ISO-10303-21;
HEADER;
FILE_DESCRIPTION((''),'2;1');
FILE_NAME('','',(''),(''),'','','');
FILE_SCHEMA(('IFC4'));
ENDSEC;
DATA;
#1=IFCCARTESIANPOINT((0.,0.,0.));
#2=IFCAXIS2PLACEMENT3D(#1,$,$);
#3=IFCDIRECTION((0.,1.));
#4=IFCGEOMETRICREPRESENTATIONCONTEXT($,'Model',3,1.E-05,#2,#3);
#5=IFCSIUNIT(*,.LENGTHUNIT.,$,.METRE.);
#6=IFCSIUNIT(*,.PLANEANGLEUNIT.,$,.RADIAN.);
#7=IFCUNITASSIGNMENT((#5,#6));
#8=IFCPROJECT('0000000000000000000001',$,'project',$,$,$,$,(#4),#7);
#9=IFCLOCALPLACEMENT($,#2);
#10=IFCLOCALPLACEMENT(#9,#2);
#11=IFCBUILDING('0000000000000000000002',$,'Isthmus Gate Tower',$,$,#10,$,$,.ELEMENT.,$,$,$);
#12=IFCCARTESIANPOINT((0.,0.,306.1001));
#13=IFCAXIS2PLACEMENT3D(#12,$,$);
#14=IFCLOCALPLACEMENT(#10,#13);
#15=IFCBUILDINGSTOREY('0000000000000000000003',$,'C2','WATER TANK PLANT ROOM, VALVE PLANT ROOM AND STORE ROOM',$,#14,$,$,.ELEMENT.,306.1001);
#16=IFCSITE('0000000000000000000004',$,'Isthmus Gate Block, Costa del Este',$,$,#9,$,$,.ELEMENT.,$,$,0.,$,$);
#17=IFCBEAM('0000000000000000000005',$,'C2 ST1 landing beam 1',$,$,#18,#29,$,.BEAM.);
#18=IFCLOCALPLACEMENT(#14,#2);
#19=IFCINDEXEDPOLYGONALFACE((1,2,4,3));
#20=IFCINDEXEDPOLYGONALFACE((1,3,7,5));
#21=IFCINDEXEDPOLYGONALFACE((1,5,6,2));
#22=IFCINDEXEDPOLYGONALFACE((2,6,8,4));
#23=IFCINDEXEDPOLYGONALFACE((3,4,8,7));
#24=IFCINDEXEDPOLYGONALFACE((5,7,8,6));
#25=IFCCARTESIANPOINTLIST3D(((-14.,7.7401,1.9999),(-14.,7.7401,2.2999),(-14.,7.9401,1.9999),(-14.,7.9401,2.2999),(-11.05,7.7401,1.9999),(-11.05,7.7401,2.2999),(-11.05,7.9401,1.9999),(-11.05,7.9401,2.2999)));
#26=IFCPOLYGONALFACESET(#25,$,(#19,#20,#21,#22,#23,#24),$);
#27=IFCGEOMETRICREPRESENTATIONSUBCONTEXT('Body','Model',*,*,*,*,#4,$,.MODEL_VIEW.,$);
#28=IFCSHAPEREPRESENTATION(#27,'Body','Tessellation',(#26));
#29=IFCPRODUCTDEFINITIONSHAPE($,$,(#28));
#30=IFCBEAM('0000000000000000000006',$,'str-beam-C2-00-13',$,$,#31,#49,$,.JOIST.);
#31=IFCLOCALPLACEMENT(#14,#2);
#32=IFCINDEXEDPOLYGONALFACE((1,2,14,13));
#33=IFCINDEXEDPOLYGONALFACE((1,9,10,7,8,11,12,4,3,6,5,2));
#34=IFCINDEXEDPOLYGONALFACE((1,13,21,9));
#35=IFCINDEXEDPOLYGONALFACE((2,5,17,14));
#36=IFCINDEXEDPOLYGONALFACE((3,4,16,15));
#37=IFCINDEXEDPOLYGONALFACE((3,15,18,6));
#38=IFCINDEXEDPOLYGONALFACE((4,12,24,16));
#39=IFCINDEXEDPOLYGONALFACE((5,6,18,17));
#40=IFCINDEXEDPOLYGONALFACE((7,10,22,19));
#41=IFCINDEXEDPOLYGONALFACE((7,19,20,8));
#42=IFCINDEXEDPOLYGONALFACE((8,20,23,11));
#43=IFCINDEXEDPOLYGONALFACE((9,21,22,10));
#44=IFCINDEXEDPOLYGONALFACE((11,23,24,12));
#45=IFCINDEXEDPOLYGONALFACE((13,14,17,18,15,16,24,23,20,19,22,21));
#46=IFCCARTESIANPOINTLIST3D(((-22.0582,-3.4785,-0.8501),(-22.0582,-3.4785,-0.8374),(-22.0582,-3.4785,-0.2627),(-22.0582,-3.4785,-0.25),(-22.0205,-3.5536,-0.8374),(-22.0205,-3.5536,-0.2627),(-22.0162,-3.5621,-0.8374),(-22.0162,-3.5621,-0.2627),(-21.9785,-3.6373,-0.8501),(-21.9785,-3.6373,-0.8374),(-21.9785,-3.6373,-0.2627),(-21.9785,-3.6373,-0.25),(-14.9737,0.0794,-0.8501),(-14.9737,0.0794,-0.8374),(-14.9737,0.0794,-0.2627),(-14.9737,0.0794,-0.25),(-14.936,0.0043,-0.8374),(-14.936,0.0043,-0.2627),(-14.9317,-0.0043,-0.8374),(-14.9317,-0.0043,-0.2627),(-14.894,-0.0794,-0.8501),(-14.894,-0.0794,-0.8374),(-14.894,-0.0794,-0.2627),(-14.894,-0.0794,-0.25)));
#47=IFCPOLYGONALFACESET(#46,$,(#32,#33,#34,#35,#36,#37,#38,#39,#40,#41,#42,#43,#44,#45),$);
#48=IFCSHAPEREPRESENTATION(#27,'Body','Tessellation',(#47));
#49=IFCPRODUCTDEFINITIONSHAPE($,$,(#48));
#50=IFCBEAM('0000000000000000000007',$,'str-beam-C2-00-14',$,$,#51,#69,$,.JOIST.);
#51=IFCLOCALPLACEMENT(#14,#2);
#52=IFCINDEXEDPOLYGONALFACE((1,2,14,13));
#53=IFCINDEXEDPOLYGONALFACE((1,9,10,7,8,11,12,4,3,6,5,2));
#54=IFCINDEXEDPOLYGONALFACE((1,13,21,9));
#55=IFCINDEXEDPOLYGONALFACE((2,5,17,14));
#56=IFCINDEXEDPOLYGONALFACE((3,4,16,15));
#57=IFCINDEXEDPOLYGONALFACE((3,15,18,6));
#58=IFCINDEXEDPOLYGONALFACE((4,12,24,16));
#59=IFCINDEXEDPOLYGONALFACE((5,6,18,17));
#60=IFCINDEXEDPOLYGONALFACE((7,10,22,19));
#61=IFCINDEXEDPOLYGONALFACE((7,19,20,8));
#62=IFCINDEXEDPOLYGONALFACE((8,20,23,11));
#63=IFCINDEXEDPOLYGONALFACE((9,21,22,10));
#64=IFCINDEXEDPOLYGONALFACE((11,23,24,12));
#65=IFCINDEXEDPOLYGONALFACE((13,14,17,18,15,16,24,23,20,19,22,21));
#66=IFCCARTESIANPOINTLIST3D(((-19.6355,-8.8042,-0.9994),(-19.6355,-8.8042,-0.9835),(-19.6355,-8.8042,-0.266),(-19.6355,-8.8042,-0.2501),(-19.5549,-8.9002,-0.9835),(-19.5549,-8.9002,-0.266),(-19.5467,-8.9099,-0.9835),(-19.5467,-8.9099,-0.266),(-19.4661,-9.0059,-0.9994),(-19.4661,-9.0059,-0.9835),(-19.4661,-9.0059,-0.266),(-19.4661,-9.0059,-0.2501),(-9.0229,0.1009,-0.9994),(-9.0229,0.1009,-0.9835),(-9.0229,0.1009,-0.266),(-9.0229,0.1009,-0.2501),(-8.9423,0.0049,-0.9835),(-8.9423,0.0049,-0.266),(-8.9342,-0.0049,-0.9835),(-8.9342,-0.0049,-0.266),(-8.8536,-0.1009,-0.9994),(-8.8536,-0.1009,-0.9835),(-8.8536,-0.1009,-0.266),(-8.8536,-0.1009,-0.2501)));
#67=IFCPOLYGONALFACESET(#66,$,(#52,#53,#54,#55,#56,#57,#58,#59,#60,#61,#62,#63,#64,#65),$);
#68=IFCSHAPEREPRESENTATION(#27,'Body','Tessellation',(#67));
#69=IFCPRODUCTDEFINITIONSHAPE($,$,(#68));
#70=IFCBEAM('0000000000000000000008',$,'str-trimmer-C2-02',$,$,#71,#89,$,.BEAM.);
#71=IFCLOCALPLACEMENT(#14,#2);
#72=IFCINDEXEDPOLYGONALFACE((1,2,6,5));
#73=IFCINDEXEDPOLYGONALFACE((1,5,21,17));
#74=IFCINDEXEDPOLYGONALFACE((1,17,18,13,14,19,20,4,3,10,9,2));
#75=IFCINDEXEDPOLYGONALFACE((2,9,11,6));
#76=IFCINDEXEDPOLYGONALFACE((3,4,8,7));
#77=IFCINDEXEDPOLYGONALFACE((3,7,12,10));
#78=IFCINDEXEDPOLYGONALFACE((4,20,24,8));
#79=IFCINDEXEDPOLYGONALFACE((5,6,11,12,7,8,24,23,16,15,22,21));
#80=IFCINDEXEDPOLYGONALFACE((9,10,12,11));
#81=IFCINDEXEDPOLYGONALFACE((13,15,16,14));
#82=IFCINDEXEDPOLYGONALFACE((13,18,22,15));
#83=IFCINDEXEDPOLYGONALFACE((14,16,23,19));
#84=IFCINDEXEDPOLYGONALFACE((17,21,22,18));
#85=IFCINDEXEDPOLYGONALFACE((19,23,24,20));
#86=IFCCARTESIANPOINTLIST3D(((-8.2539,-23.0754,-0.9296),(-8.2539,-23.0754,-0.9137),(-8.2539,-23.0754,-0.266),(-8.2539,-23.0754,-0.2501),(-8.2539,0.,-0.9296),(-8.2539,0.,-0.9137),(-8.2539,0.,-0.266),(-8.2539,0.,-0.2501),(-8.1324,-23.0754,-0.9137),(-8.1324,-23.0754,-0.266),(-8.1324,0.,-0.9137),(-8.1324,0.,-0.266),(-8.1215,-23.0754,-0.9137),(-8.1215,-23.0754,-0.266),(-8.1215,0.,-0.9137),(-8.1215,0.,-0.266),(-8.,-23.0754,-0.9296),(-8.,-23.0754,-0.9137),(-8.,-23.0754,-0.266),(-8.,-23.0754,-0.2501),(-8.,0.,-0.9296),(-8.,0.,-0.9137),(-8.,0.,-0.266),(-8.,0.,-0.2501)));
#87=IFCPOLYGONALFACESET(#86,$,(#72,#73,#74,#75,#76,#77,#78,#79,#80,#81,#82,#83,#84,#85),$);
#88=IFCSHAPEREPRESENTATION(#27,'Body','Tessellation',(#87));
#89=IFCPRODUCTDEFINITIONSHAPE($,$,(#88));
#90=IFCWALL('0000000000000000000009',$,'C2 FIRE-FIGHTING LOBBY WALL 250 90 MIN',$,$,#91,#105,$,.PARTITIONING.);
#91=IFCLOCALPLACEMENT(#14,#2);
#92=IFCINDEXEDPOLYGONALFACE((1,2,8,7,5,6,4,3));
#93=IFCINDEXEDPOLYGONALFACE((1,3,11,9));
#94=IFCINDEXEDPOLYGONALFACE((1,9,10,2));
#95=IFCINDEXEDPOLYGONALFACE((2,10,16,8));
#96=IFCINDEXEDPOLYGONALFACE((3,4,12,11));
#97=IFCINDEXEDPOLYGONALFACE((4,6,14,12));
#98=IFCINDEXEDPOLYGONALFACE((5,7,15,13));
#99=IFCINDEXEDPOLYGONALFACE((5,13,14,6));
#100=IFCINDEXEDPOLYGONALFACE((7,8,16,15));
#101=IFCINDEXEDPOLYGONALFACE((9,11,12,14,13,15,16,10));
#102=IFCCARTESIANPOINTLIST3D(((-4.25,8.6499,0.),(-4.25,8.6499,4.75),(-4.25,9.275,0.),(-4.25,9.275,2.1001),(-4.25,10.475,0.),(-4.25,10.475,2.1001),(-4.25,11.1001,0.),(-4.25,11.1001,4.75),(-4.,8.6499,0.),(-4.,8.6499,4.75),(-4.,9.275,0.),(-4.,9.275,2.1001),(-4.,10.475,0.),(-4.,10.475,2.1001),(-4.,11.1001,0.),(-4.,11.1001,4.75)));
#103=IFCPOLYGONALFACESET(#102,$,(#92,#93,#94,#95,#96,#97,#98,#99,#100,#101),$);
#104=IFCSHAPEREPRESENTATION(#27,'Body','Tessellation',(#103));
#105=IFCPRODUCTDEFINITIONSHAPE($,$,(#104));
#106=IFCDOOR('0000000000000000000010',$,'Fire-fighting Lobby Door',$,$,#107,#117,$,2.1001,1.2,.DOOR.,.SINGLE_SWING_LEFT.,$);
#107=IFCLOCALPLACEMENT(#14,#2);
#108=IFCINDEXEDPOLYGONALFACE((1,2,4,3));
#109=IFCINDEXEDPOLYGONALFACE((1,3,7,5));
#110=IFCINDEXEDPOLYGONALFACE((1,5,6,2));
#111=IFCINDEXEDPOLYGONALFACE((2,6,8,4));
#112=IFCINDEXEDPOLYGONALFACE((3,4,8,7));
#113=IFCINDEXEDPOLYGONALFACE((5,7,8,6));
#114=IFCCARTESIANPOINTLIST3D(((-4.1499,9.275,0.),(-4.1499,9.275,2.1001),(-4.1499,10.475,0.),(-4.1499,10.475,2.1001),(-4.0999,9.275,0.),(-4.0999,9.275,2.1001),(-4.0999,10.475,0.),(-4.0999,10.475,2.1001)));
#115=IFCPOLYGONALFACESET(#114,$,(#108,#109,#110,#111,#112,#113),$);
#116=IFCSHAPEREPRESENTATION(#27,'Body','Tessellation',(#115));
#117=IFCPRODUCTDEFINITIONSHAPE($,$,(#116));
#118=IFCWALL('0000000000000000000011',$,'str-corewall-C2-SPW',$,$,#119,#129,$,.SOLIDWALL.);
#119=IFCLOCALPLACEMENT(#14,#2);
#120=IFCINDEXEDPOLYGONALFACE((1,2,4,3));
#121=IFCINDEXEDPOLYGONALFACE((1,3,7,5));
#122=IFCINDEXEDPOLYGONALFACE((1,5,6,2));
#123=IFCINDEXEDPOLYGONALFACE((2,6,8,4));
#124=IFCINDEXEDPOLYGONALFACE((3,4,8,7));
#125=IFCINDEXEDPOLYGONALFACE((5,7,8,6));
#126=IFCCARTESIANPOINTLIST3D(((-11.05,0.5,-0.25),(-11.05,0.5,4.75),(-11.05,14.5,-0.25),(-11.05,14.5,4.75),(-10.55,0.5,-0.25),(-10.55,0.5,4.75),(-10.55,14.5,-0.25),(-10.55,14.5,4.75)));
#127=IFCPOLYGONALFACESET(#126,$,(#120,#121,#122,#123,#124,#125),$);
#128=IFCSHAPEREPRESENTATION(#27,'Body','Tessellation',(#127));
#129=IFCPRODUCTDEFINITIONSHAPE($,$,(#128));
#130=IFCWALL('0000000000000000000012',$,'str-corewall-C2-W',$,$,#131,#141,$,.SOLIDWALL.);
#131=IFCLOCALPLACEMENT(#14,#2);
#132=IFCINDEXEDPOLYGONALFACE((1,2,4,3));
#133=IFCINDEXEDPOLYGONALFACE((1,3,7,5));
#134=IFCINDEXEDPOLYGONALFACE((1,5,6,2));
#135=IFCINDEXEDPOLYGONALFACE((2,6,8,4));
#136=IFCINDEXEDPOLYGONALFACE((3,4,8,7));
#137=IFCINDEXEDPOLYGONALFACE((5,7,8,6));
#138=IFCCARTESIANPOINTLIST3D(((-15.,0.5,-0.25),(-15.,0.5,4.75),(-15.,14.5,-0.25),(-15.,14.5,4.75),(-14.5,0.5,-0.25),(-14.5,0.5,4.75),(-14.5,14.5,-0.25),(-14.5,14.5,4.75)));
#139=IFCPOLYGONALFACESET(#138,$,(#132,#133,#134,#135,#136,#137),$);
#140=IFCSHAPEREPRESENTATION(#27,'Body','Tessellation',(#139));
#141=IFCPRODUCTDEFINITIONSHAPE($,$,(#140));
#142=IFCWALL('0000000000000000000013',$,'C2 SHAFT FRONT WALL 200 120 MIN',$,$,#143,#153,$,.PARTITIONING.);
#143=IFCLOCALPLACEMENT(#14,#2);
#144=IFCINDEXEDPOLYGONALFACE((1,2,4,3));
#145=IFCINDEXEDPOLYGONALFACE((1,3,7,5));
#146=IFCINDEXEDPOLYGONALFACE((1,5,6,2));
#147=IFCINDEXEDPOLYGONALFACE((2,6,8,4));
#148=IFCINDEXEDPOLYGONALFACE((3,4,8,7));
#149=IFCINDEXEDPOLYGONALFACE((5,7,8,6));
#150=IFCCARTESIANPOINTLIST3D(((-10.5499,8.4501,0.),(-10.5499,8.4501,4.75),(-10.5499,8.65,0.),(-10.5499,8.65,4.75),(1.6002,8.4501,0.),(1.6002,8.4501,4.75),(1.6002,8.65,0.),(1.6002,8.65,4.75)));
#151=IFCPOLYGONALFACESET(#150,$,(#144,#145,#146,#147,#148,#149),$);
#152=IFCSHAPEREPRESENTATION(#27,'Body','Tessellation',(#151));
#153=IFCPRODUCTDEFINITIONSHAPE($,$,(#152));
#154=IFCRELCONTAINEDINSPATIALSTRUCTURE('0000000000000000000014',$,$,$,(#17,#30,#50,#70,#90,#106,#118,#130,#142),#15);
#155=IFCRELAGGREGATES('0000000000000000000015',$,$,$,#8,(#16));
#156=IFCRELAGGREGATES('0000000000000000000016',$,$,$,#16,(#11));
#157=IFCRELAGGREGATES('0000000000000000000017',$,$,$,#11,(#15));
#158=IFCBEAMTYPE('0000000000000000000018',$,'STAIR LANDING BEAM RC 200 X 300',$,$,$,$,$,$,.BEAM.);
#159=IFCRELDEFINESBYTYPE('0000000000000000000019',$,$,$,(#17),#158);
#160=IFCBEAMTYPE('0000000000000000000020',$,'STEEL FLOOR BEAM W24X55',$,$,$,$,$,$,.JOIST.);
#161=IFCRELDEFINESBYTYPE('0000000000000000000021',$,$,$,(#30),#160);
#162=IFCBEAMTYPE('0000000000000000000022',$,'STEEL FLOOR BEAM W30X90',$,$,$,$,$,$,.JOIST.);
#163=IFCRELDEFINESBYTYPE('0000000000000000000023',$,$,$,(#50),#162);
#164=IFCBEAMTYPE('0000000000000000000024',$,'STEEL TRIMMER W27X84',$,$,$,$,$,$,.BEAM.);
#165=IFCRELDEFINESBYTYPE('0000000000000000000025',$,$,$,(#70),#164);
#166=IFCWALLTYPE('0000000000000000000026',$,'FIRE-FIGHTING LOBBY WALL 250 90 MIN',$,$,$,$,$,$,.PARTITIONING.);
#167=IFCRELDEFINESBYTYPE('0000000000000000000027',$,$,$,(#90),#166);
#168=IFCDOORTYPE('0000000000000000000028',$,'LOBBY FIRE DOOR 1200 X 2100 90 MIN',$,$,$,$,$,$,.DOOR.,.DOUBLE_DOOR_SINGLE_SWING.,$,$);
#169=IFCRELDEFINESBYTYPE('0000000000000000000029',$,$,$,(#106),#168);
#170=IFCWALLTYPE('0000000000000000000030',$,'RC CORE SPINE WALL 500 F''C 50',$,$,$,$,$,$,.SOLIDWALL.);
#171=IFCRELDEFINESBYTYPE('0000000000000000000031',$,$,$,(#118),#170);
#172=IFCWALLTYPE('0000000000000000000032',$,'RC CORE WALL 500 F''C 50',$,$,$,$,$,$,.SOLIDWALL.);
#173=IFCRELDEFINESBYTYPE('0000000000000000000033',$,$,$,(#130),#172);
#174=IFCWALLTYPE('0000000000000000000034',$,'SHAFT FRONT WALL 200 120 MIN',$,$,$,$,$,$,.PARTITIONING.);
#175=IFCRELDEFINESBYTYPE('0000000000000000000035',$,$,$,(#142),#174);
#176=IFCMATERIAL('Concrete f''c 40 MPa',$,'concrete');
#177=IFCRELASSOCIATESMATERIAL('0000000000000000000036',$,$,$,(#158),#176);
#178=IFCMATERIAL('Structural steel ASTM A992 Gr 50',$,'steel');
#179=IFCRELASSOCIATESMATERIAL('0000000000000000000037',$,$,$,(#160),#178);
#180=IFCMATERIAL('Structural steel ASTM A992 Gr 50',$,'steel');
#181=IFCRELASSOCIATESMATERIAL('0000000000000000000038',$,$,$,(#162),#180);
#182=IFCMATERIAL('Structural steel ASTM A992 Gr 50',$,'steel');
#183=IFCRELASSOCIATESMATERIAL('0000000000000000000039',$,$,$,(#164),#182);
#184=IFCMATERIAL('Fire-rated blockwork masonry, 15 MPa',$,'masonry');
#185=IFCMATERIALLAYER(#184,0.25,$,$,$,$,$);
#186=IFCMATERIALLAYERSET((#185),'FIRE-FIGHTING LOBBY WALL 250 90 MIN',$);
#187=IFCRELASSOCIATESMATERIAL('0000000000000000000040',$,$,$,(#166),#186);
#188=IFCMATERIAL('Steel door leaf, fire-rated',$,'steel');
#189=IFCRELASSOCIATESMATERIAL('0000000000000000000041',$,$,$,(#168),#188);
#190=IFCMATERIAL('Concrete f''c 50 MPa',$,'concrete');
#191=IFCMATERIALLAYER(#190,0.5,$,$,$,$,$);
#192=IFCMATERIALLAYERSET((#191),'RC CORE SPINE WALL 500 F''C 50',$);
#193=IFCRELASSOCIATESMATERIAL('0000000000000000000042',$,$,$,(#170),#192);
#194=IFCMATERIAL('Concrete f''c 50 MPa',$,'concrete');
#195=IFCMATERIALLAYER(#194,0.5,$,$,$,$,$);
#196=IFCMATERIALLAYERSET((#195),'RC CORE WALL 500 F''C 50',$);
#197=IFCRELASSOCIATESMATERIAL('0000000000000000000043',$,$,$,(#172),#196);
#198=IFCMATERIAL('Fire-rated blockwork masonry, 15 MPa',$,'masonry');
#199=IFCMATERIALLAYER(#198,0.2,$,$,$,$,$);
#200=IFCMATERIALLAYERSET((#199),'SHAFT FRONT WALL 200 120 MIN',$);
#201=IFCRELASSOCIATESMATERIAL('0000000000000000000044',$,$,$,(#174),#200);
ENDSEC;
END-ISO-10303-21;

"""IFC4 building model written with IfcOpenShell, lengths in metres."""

from ifc_helpers import new_model, si_unit, direction, frame, frame_2d, origin, origin_2d, place, context, subcontext, project, spatial, rectangle, i_section, extrude, material, layer, layer_set, material_profile, profile_set, type_object, element, fill, save


model = new_model("IFC4")

# Units and contexts
model_context = context("Model", 3, precision=1e-05, world=origin(), true_north=direction((0.0, 1.0)))
body_context = subcontext(model_context, "Body", "Model", "MODEL_VIEW")
ifc_project = project(units=[si_unit("LENGTHUNIT", "METRE"), si_unit("PLANEANGLEUNIT", "RADIAN")], contexts=[model_context])

# Site, building, storey
site_placement = place(None, origin())
site = spatial("IfcSite", under=ifc_project, at=site_placement, Name="Isthmus Gate Block, Costa del Este", CompositionType="ELEMENT", RefElevation=0.0)
building_placement = place(site_placement, origin())
building = spatial("IfcBuilding", under=site, at=building_placement, Name="Isthmus Gate Tower", CompositionType="ELEMENT")
storey_placement = place(building_placement, frame((0.0, 0.0, 306.1001)))
storey = spatial("IfcBuildingStorey", under=building, at=storey_placement, Name="C2", Description="WATER TANK PLANT ROOM, VALVE PLANT ROOM AND STORE ROOM", CompositionType="ELEMENT", Elevation=306.1001)

# Beams
ifc_material_1 = material(Name="Concrete f'c 40 MPa", Category="concrete")
ifc_material_profile_1 = material_profile(ifc_material_1, rectangle(XDim=0.2, YDim=0.3, at=origin_2d()), Name="STAIR LANDING BEAM RC 200 X 300")
ifc_profile_set_1 = profile_set([ifc_material_profile_1], Name="Concrete f'c 40 MPa")
beam_type_1 = type_object("IfcBeamType", Name="STAIR LANDING BEAM RC 200 X 300", PredefinedType="BEAM", material=ifc_profile_set_1)
beam_1_placement = place(storey_placement, frame((-14.0, 7.8401, 2.1499), z_axis=(1.0, 0.0, 0.0), x_axis=(0.0, 1.0, 0.0)))
element("IfcBeam", 1, at=beam_1_placement, inside=storey, type_object=beam_type_1, Name="C2 ST1 landing beam 1", PredefinedType="BEAM", context=body_context, shape_type="SweptSolid", body=[
    extrude(rectangle(XDim=0.2, YDim=0.3, at=origin_2d()), origin(), (0.0, 0.0, 1.0), 2.95),
])
ifc_material_2 = material(Name="Structural steel ASTM A992 Gr 50", Category="steel")
ifc_material_profile_2 = material_profile(ifc_material_2, i_section(OverallWidth=0.1777, OverallDepth=0.6001, WebThickness=0.0095, FlangeThickness=0.0127, at=origin_2d()), Name="W24X55")
ifc_profile_set_2 = profile_set([ifc_material_profile_2], Name="Structural steel ASTM A992 Gr 50")
beam_type_2 = type_object("IfcBeamType", Name="STEEL FLOOR BEAM W24X55", PredefinedType="JOIST", material=ifc_profile_set_2)
beam_2_placement = place(storey_placement, frame((-14.9338, 0.0, -0.55), z_axis=(-0.893637, -0.44879, 0.0), x_axis=(0.44879, -0.893637, 0.0)))
element("IfcBeam", 2, at=beam_2_placement, inside=storey, type_object=beam_type_2, Name="str-beam-C2-00-13", PredefinedType="JOIST", context=body_context, shape_type="SweptSolid", body=[
    extrude(i_section(OverallWidth=0.1777, OverallDepth=0.6001, WebThickness=0.0095, FlangeThickness=0.0127, at=origin_2d()), origin(), (0.0, 0.0, 1.0), 7.9277),
])
ifc_material_3 = material(Name="Structural steel ASTM A992 Gr 50", Category="steel")
ifc_material_profile_3 = material_profile(ifc_material_3, i_section(OverallWidth=0.2634, OverallDepth=0.7493, WebThickness=0.0127, FlangeThickness=0.0159, at=origin_2d()), Name="W30X90")
ifc_profile_set_3 = profile_set([ifc_material_profile_3], Name="Structural steel ASTM A992 Gr 50")
beam_type_3 = type_object("IfcBeamType", Name="STEEL FLOOR BEAM W30X90", PredefinedType="JOIST", material=ifc_profile_set_3)
beam_3_placement = place(storey_placement, frame((-8.9382, 0.0, -0.6248), z_axis=(-0.766043, -0.642789, 0.0), x_axis=(0.642789, -0.766043, 0.0)))
element("IfcBeam", 3, at=beam_3_placement, inside=storey, type_object=beam_type_3, Name="str-beam-C2-00-14", PredefinedType="JOIST", context=body_context, shape_type="SweptSolid", body=[
    extrude(i_section(OverallWidth=0.2634, OverallDepth=0.7493, WebThickness=0.0127, FlangeThickness=0.0159, at=origin_2d()), origin(), (0.0, 0.0, 1.0), 13.8538),
])
ifc_material_4 = material(Name="Structural steel ASTM A992 Gr 50", Category="steel")
ifc_material_profile_4 = material_profile(ifc_material_4, i_section(OverallWidth=0.2539, OverallDepth=0.6794, WebThickness=0.011, FlangeThickness=0.0159, at=origin_2d()), Name="W27X84")
ifc_profile_set_4 = profile_set([ifc_material_profile_4], Name="Structural steel ASTM A992 Gr 50")
beam_type_4 = type_object("IfcBeamType", Name="STEEL TRIMMER W27X84", PredefinedType="BEAM", material=ifc_profile_set_4)
beam_4_placement = place(storey_placement, frame((-8.127, 0.0, -0.5898), z_axis=(0.0, -1.0, 0.0), x_axis=(1.0, 0.0, 0.0)))
element("IfcBeam", 4, at=beam_4_placement, inside=storey, type_object=beam_type_4, Name="str-trimmer-C2-02", PredefinedType="BEAM", context=body_context, shape_type="SweptSolid", body=[
    extrude(i_section(OverallWidth=0.2539, OverallDepth=0.6794, WebThickness=0.011, FlangeThickness=0.0159, at=origin_2d()), origin(), (0.0, 0.0, 1.0), 23.0754),
])

# Wall, opening, door
ifc_material_5 = material(Name="Fire-rated blockwork masonry, 15 MPa", Category="masonry")
ifc_layer_1 = layer(ifc_material_5, 0.25)
ifc_layer_set_1 = layer_set([ifc_layer_1], Name="FIRE-FIGHTING LOBBY WALL 250 90 MIN")
wall_type_1 = type_object("IfcWallType", Name="FIRE-FIGHTING LOBBY WALL 250 90 MIN", PredefinedType="PARTITIONING", material=ifc_layer_set_1)
wall_1_placement = place(storey_placement, frame((-4.125, 8.6499, 0.0), z_axis=(0.0, 0.0, 1.0), x_axis=(0.0, 1.0, 0.0)))
wall_1 = element("IfcWall", 5, at=wall_1_placement, inside=storey, type_object=wall_type_1, Name="C2 FIRE-FIGHTING LOBBY WALL 250 90 MIN", PredefinedType="PARTITIONING", context=body_context, shape_type="SweptSolid", body=[
    extrude(rectangle(XDim=2.4502, YDim=0.25, at=frame_2d((1.2251, 0.0))), origin(), (0.0, 0.0, 1.0), 4.75),
])
opening_1_placement = place(wall_1_placement, frame((0.625, 0.0, 0.0)))
opening_1 = element("IfcOpeningElement", 6, at=opening_1_placement, cuts=wall_1, PredefinedType="OPENING", context=body_context, shape_type="SweptSolid", body=[
    extrude(rectangle(XDim=1.2, YDim=2.1001, at=frame_2d((0.6001, 1.05))), frame((0.0, 0.135, 0.0), z_axis=(0.0, -1.0, 0.0), x_axis=(1.0, 0.0, 0.0)), (0.0, 0.0, 1.0), 0.27),
])
ifc_material_6 = material(Name="Steel door leaf, fire-rated", Category="steel")
door_type_1 = type_object("IfcDoorType", Name="LOBBY FIRE DOOR 1200 X 2100 90 MIN", OperationType="DOUBLE_DOOR_SINGLE_SWING", PredefinedType="DOOR", material=ifc_material_6)
door_1_placement = place(opening_1_placement, origin())
door_1 = element("IfcDoor", 7, at=door_1_placement, inside=storey, type_object=door_type_1, Name="Fire-fighting Lobby Door", OperationType="SINGLE_SWING_LEFT", OverallHeight=2.1001, OverallWidth=1.2, PredefinedType="DOOR", context=body_context, shape_type="SweptSolid", body=[
    extrude(rectangle(XDim=1.2, YDim=2.1001, at=frame_2d((0.6001, 1.05))), frame((0.0, 0.0249, 0.0), z_axis=(0.0, -1.0, 0.0), x_axis=(1.0, 0.0, 0.0)), (0.0, 0.0, 1.0), 0.05),
])
fill(opening_1, door_1)

# Walls
ifc_material_7 = material(Name="Concrete f'c 50 MPa", Category="concrete")
ifc_layer_2 = layer(ifc_material_7, 0.5)
ifc_layer_set_2 = layer_set([ifc_layer_2], Name="RC CORE SPINE WALL 500 F'C 50")
wall_type_2 = type_object("IfcWallType", Name="RC CORE SPINE WALL 500 F'C 50", PredefinedType="SOLIDWALL", material=ifc_layer_set_2)
wall_2_placement = place(storey_placement, frame((-10.8, 0.5, -0.25), z_axis=(0.0, 0.0, 1.0), x_axis=(0.0, 1.0, 0.0)))
element("IfcWall", 8, at=wall_2_placement, inside=storey, type_object=wall_type_2, Name="str-corewall-C2-SPW", PredefinedType="SOLIDWALL", context=body_context, shape_type="SweptSolid", body=[
    extrude(rectangle(XDim=14.0, YDim=0.5, at=frame_2d((7.0, 0.0))), origin(), (0.0, 0.0, 1.0), 5.0),
])
ifc_material_8 = material(Name="Concrete f'c 50 MPa", Category="concrete")
ifc_layer_3 = layer(ifc_material_8, 0.5)
ifc_layer_set_3 = layer_set([ifc_layer_3], Name="RC CORE WALL 500 F'C 50")
wall_type_3 = type_object("IfcWallType", Name="RC CORE WALL 500 F'C 50", PredefinedType="SOLIDWALL", material=ifc_layer_set_3)
wall_3_placement = place(storey_placement, frame((-14.75, 0.5, -0.25), z_axis=(0.0, 0.0, 1.0), x_axis=(0.0, 1.0, 0.0)))
element("IfcWall", 9, at=wall_3_placement, inside=storey, type_object=wall_type_3, Name="str-corewall-C2-W", PredefinedType="SOLIDWALL", context=body_context, shape_type="SweptSolid", body=[
    extrude(rectangle(XDim=14.0, YDim=0.5, at=frame_2d((7.0, 0.0))), origin(), (0.0, 0.0, 1.0), 5.0),
])
ifc_material_9 = material(Name="Fire-rated blockwork masonry, 15 MPa", Category="masonry")
ifc_layer_4 = layer(ifc_material_9, 0.2)
ifc_layer_set_4 = layer_set([ifc_layer_4], Name="SHAFT FRONT WALL 200 120 MIN")
wall_type_4 = type_object("IfcWallType", Name="SHAFT FRONT WALL 200 120 MIN", PredefinedType="PARTITIONING", material=ifc_layer_set_4)
wall_4_placement = place(storey_placement, frame((-10.55, 8.55, 0.0), z_axis=(0.0, 0.0, 1.0), x_axis=(1.0, 0.0, 0.0)))
element("IfcWall", 10, at=wall_4_placement, inside=storey, type_object=wall_type_4, Name="C2 SHAFT FRONT WALL 200 120 MIN", PredefinedType="PARTITIONING", context=body_context, shape_type="SweptSolid", body=[
    extrude(rectangle(XDim=12.1501, YDim=0.2, at=frame_2d((6.0752, 0.0))), origin(), (0.0, 0.0, 1.0), 4.75),
])

save(model, "model.ifc")
